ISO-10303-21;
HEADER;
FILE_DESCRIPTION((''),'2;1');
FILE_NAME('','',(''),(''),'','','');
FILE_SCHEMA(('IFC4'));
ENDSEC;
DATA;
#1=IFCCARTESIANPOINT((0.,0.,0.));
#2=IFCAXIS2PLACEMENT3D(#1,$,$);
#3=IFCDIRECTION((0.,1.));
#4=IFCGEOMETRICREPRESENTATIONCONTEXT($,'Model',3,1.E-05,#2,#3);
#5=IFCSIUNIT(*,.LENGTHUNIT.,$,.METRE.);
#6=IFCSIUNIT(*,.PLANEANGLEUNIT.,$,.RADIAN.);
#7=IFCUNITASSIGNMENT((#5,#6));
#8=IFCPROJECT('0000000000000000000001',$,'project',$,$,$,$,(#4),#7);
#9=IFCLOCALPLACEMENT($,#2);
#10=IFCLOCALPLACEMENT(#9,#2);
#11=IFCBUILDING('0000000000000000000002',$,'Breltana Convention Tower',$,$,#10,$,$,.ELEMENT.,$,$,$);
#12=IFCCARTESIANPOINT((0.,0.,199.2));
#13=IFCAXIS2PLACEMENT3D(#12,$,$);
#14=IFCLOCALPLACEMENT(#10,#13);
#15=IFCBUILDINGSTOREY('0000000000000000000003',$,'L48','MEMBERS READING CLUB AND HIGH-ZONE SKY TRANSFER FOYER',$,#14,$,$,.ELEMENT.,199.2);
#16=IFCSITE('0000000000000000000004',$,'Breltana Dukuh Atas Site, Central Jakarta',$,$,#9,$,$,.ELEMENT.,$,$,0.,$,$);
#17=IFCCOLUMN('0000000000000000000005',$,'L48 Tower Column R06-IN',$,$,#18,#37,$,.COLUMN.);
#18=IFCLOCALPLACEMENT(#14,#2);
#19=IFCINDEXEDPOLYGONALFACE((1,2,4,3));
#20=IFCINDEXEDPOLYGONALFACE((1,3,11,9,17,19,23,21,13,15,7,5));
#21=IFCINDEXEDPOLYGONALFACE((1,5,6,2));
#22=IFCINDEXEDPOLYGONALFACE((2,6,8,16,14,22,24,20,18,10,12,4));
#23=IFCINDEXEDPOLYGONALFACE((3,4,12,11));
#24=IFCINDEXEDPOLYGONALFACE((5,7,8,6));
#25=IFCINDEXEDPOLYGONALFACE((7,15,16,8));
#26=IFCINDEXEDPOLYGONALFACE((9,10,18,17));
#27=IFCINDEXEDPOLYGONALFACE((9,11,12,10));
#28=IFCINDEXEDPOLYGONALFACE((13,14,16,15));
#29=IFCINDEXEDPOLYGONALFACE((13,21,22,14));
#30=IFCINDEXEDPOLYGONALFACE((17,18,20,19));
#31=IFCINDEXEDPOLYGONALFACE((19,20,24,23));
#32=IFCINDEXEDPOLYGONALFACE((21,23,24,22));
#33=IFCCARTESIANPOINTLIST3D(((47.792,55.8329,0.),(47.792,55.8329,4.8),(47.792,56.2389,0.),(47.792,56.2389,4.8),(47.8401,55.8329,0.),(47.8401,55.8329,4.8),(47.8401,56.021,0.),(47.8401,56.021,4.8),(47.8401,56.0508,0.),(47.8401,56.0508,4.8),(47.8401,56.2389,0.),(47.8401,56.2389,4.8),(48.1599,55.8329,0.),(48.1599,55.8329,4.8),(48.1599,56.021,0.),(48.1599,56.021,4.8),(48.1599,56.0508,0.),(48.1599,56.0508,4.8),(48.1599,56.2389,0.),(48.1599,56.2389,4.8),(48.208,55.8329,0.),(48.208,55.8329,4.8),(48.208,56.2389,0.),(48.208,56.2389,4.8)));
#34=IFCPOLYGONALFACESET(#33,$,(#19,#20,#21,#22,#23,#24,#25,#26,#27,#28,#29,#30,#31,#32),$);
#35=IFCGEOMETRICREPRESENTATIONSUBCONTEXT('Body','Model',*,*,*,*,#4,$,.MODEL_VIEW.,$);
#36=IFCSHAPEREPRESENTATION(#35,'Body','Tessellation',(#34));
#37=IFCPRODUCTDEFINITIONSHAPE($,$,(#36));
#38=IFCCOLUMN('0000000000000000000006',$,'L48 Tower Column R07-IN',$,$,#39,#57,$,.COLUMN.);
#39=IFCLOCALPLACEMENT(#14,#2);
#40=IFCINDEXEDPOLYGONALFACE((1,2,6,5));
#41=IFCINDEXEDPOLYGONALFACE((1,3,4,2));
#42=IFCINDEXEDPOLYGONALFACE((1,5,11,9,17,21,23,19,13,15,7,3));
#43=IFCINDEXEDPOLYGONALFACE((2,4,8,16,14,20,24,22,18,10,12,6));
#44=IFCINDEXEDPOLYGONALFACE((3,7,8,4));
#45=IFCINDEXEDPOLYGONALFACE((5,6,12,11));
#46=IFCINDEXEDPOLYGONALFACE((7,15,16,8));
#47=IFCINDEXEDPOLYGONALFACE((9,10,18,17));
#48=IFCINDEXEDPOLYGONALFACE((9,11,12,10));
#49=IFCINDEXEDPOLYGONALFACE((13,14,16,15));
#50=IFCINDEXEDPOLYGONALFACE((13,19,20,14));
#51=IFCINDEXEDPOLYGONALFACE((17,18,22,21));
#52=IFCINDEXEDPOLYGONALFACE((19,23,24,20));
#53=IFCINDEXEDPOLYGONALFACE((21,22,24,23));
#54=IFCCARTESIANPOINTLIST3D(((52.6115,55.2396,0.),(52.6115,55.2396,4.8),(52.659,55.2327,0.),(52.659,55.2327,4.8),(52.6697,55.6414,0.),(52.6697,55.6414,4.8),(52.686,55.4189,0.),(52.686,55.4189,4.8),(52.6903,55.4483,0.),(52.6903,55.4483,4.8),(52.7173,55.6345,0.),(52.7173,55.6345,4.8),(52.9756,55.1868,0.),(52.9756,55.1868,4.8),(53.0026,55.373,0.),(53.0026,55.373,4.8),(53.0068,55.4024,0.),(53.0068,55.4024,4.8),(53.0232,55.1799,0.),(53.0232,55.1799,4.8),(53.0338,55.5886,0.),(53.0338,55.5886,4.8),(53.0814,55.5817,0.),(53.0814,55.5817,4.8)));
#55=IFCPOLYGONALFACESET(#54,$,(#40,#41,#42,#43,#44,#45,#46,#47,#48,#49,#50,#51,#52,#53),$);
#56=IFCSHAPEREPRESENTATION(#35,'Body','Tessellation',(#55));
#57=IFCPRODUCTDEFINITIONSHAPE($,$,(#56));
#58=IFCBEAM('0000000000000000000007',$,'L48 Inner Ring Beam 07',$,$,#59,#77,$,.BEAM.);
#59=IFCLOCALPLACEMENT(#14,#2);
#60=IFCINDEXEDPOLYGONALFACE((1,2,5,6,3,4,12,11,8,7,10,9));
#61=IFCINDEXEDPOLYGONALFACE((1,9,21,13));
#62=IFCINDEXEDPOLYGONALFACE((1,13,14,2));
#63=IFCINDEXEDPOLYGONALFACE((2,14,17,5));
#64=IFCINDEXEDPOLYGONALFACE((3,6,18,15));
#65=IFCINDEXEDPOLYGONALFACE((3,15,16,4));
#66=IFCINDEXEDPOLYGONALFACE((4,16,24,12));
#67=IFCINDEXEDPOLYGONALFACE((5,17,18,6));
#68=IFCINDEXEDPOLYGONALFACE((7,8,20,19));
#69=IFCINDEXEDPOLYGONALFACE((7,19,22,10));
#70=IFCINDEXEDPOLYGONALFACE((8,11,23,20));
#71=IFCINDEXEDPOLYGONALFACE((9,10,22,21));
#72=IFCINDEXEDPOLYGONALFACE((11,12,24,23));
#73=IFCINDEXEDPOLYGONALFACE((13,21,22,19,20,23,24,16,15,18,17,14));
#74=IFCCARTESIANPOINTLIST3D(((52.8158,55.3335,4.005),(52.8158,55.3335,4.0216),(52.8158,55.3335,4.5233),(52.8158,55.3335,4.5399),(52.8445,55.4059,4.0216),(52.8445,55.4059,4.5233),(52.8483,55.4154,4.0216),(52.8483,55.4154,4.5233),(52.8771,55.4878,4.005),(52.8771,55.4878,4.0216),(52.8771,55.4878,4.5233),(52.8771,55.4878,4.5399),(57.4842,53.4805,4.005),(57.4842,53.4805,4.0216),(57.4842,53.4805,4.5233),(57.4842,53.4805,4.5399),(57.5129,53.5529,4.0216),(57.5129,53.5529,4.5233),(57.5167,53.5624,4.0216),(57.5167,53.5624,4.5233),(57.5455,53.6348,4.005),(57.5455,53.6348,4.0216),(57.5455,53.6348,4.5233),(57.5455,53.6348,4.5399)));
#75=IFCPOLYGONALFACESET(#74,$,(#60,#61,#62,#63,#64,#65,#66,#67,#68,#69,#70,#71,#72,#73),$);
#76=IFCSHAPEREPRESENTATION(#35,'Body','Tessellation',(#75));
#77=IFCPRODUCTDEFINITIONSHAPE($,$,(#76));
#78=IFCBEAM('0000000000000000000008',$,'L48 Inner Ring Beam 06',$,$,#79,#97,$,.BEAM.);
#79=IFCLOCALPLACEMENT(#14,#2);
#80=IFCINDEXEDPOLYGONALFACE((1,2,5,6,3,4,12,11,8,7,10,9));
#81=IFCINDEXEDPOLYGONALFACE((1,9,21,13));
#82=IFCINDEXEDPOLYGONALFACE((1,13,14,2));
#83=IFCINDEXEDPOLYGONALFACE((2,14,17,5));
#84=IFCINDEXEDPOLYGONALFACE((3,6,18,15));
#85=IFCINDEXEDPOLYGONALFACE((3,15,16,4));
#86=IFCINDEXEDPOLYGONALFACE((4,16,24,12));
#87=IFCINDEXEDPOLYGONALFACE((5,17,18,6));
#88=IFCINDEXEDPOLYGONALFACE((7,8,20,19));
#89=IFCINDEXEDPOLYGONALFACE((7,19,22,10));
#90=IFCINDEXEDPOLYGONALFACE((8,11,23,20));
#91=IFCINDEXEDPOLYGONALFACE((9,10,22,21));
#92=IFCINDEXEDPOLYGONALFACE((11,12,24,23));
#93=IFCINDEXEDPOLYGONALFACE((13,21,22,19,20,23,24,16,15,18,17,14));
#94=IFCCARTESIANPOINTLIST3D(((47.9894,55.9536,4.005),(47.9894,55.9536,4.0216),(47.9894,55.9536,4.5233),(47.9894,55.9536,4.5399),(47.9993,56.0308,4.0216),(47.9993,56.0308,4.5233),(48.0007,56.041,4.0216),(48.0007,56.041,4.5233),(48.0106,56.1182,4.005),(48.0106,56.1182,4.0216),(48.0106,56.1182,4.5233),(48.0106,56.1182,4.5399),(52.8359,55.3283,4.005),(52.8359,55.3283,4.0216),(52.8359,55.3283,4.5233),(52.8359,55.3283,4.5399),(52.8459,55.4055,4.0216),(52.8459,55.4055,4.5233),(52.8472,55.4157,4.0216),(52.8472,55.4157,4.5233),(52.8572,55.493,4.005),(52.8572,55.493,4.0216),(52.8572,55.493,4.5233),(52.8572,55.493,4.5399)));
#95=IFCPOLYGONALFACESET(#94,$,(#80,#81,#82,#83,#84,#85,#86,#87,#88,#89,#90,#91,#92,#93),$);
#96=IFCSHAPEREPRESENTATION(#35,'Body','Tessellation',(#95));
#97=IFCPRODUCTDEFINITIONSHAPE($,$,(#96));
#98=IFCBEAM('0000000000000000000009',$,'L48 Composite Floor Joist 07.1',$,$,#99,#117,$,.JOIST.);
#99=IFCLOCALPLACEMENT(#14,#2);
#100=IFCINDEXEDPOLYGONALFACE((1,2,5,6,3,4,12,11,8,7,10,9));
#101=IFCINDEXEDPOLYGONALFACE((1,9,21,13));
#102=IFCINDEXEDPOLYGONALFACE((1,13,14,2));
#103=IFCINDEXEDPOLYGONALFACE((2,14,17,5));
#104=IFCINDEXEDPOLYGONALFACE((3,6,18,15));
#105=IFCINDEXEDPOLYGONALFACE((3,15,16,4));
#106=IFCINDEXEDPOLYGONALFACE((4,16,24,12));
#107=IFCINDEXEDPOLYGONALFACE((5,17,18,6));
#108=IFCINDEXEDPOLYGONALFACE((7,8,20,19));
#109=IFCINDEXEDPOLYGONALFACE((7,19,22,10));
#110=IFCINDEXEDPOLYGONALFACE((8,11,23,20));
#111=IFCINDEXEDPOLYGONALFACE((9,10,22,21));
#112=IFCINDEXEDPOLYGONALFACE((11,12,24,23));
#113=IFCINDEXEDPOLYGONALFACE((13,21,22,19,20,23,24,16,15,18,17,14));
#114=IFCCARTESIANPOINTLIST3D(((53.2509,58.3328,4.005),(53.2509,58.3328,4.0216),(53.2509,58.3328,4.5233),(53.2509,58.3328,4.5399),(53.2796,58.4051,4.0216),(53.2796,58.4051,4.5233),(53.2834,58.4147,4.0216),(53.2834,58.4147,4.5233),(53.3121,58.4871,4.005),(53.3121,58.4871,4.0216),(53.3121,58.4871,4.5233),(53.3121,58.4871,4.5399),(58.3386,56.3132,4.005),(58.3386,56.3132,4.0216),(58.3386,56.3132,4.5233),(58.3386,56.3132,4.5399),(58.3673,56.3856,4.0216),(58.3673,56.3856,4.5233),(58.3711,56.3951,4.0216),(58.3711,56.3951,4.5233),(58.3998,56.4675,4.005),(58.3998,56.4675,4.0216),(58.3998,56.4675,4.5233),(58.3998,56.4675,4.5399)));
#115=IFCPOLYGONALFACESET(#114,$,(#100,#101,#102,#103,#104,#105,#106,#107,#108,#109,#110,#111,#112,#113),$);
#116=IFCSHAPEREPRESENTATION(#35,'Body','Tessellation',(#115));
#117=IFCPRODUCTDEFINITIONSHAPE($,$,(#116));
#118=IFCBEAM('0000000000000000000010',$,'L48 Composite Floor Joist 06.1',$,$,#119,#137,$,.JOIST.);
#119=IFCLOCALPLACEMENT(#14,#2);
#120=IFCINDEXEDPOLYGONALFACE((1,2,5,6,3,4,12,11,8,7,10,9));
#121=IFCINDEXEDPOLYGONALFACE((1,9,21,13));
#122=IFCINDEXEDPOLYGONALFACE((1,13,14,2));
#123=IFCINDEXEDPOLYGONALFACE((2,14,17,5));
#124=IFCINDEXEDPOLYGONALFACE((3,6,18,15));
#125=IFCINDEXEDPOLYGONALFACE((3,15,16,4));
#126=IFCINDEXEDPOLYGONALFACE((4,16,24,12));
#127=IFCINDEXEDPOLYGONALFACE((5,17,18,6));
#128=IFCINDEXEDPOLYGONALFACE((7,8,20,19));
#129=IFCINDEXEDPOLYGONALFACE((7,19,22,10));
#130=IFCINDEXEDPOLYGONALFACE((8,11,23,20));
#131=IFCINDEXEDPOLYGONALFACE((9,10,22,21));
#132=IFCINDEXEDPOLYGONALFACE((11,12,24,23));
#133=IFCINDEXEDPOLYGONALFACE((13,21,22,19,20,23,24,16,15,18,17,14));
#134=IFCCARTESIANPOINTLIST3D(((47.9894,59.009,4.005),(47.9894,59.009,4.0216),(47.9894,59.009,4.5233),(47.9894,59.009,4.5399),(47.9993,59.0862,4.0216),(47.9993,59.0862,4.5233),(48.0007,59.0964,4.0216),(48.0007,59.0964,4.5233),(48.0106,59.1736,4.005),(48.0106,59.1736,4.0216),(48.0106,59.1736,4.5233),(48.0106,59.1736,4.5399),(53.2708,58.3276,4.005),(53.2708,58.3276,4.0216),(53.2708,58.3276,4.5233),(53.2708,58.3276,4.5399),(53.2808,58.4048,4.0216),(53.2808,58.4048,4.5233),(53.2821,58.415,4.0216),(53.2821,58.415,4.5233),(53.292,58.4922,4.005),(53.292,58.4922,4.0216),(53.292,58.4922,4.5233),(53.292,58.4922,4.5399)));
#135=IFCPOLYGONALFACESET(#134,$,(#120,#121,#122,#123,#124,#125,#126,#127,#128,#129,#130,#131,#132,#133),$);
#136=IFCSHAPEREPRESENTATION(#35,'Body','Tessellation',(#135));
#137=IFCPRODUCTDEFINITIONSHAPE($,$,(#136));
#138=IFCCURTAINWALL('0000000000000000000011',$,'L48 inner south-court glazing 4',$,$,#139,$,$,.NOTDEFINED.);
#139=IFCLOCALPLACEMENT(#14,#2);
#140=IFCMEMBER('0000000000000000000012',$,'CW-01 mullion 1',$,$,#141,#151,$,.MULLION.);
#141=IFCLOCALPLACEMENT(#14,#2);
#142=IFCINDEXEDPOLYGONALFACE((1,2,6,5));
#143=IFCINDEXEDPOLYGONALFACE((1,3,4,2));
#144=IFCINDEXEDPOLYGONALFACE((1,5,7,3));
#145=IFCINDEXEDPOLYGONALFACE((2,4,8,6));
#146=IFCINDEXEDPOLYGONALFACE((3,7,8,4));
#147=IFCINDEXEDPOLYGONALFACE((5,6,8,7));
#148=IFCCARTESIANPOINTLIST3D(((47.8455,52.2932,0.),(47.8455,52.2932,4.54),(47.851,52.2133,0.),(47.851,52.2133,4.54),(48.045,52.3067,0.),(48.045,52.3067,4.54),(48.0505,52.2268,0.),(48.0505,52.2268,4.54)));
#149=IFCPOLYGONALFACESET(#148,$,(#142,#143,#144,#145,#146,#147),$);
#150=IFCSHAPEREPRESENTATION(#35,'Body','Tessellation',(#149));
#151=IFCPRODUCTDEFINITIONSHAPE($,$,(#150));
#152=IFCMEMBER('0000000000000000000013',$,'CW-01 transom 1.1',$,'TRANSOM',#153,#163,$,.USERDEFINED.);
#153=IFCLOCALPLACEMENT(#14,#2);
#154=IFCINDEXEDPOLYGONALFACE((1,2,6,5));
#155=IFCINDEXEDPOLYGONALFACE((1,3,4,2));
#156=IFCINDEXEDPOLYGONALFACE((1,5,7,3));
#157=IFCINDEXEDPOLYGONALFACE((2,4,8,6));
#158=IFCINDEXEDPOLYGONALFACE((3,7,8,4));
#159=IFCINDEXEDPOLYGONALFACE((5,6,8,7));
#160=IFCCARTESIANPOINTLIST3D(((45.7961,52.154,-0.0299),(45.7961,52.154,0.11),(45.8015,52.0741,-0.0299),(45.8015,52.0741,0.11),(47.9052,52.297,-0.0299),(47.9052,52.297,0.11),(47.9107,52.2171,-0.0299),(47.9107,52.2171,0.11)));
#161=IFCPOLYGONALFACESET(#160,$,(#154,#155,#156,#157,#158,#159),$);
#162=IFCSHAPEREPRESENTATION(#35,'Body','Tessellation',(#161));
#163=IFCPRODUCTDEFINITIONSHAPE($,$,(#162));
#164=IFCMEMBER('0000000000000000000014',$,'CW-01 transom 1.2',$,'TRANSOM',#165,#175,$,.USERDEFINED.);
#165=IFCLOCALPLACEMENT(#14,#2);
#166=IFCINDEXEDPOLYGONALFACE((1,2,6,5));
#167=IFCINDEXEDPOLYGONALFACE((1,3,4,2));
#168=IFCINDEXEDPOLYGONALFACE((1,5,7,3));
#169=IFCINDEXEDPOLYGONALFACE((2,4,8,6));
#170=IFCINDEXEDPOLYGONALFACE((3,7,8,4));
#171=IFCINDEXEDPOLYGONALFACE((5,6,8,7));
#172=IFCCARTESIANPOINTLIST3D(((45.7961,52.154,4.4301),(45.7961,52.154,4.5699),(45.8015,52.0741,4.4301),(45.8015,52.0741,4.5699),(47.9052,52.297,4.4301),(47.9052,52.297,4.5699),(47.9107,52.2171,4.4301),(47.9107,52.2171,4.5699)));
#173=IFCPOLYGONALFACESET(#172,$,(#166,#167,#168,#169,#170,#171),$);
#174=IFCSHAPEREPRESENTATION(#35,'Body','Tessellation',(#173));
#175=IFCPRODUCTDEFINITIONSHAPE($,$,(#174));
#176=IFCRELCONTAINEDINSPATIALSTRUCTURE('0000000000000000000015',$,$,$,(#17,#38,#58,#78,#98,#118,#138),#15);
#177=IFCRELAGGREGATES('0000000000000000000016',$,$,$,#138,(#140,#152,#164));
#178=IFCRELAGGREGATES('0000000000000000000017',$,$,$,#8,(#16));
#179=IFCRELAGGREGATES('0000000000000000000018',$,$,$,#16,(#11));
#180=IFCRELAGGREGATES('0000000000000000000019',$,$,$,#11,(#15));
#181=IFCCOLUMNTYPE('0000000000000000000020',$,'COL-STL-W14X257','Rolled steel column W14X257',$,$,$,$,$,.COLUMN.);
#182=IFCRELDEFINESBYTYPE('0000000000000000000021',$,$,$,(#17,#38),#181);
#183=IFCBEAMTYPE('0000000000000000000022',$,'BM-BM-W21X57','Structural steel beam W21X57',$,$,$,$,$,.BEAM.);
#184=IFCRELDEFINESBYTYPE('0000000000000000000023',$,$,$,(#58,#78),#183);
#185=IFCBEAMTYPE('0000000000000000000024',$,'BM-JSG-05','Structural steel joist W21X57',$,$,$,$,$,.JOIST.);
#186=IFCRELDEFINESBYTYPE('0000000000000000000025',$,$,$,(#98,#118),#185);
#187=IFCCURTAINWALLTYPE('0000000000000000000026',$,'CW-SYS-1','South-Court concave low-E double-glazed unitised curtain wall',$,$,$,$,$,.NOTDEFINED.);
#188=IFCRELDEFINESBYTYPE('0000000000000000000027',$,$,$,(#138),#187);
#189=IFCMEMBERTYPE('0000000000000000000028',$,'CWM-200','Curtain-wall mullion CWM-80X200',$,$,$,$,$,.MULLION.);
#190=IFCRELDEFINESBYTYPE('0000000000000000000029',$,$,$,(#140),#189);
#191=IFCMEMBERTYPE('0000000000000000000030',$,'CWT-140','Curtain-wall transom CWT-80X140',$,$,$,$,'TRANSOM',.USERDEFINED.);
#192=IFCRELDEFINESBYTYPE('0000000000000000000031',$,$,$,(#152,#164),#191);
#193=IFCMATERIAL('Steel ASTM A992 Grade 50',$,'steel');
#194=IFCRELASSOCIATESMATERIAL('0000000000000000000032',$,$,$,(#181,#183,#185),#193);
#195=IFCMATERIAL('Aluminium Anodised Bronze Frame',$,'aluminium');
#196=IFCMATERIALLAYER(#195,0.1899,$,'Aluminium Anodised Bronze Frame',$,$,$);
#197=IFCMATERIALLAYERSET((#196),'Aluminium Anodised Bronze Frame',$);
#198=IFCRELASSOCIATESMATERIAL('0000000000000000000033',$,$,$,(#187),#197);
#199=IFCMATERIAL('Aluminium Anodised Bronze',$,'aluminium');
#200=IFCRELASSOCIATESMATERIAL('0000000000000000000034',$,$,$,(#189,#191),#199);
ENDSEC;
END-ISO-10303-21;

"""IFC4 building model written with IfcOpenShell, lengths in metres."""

from ifc_helpers import new_model, si_unit, direction, frame, origin, origin_2d, place, context, subcontext, project, spatial, rectangle, i_section, extrude, source, transform, mapped, material, layer, layer_set, material_profile, profile_set, type_object, type_shapes, element, aggregate, save


model = new_model("IFC4")

# Units and contexts
model_context = context("Model", 3, precision=1e-05, world=origin(), true_north=direction((0.0, 1.0)))
body_context = subcontext(model_context, "Body", "Model", "MODEL_VIEW")
ifc_project = project(units=[si_unit("LENGTHUNIT", "METRE"), si_unit("PLANEANGLEUNIT", "RADIAN")], contexts=[model_context])

# Site, building, storey
site_placement = place(None, origin())
site = spatial("IfcSite", under=ifc_project, at=site_placement, Name="Breltana Dukuh Atas Site, Central Jakarta", CompositionType="ELEMENT", RefElevation=0.0)
building_placement = place(site_placement, origin())
building = spatial("IfcBuilding", under=site, at=building_placement, Name="Breltana Convention Tower", CompositionType="ELEMENT")
storey_placement = place(building_placement, frame((0.0, 0.0, 199.2)))
storey = spatial("IfcBuildingStorey", under=building, at=storey_placement, Name="L48", Description="MEMBERS READING CLUB AND HIGH-ZONE SKY TRANSFER FOYER", CompositionType="ELEMENT", Elevation=199.2)

# Columns
ifc_material_1 = material(Name="Steel ASTM A992 Grade 50", Category="steel")
ifc_material_profile_1 = material_profile(ifc_material_1, i_section(OverallWidth=0.406, OverallDepth=0.416, WebThickness=0.0298, FlangeThickness=0.0481, at=origin_2d()), Name="W14X257")
ifc_profile_set_1 = profile_set([ifc_material_profile_1], Name="Steel ASTM A992 Grade 50")
column_type = type_object("IfcColumnType", Name="COL-STL-W14X257", Description="Rolled steel column W14X257", PredefinedType="COLUMN", material=ifc_profile_set_1)
shared_shape_1 = source(origin(), body_context, "Body", "SweptSolid", [
    extrude(i_section(OverallWidth=0.406, OverallDepth=0.416, WebThickness=0.0298, FlangeThickness=0.0481, at=origin_2d()), origin(), (0.0, 0.0, 1.0), 4.8),
])
type_shapes(column_type, [shared_shape_1])
for number, where, z_axis, x_axis, name in (
    (1, (48.0, 56.0359, 0.0), (0.0, 0.0, 1.0), (0.0, 1.0, 0.0), "L48 Tower Column R06-IN"),
    (2, (52.8464, 55.4106, 0.0), (0.0, 0.0, 1.0), (0.143493, 0.989651, 0.0), "L48 Tower Column R07-IN"),
):
    element("IfcColumn", number, at=place(storey_placement, frame(where, z_axis=z_axis, x_axis=x_axis)), inside=storey, type_object=column_type, Name=name, PredefinedType="COLUMN", context=body_context, shape_type="MappedRepresentation", body=[
        mapped(shared_shape_1, transform((0.0, 0.0, 0.0), scale=1.0)),
    ])

# Beams
ifc_material_profile_2 = material_profile(ifc_material_1, i_section(OverallWidth=0.166, OverallDepth=0.5349, WebThickness=0.0103, FlangeThickness=0.0166, at=origin_2d()), Name="W21X57")
ifc_profile_set_2 = profile_set([ifc_material_profile_2], Name="Steel ASTM A992 Grade 50")
beam_type_1 = type_object("IfcBeamType", Name="BM-BM-W21X57", Description="Structural steel beam W21X57", PredefinedType="BEAM", material=ifc_profile_set_2)
shared_shape_2 = source(origin(), body_context, "Body", "SweptSolid", [
    extrude(i_section(OverallWidth=0.166, OverallDepth=0.5349, WebThickness=0.0103, FlangeThickness=0.0166, at=origin_2d()), origin(), (0.0, 0.0, 1.0), 5.0227),
])
beam_1_placement = place(storey_placement, frame((52.8464, 55.4106, 4.2725), z_axis=(0.929459, -0.368926, 0.0), x_axis=(0.368926, 0.929459, 0.0)))
element("IfcBeam", 3, at=beam_1_placement, inside=storey, type_object=beam_type_1, Name="L48 Inner Ring Beam 07", PredefinedType="BEAM", context=body_context, shape_type="MappedRepresentation", body=[
    mapped(shared_shape_2, transform((0.0, 0.0, 0.0), scale=1.0)),
])
shared_shape_3 = source(origin(), body_context, "Body", "SweptSolid", [
    extrude(i_section(OverallWidth=0.166, OverallDepth=0.5349, WebThickness=0.0103, FlangeThickness=0.0166, at=origin_2d()), origin(), (0.0, 0.0, 1.0), 4.8867),
])
beam_2_placement = place(storey_placement, frame((48.0, 56.0359, 4.2725), z_axis=(0.991781, -0.127951, 0.0), x_axis=(0.127951, 0.991781, 0.0)))
element("IfcBeam", 4, at=beam_2_placement, inside=storey, type_object=beam_type_1, Name="L48 Inner Ring Beam 06", PredefinedType="BEAM", context=body_context, shape_type="MappedRepresentation", body=[
    mapped(shared_shape_3, transform((0.0, 0.0, 0.0), scale=1.0)),
])
ifc_material_profile_3 = material_profile(ifc_material_1, i_section(OverallWidth=0.166, OverallDepth=0.5349, WebThickness=0.0103, FlangeThickness=0.0166, at=origin_2d()), Name="W21X57")
ifc_profile_set_3 = profile_set([ifc_material_profile_3], Name="Steel ASTM A992 Grade 50")
beam_type_2 = type_object("IfcBeamType", Name="BM-JSG-05", Description="Structural steel joist W21X57", PredefinedType="JOIST", material=ifc_profile_set_3)
shared_shape_4 = source(origin(), body_context, "Body", "SweptSolid", [
    extrude(i_section(OverallWidth=0.166, OverallDepth=0.5349, WebThickness=0.0103, FlangeThickness=0.0166, at=origin_2d()), origin(), (0.0, 0.0, 1.0), 5.4739),
])
beam_3_placement = place(storey_placement, frame((53.2815, 58.4099, 4.2725), z_axis=(0.929452, -0.368944, 0.0), x_axis=(0.368944, 0.929452, 0.0)))
element("IfcBeam", 5, at=beam_3_placement, inside=storey, type_object=beam_type_2, Name="L48 Composite Floor Joist 07.1", PredefinedType="JOIST", context=body_context, shape_type="MappedRepresentation", body=[
    mapped(shared_shape_4, transform((0.0, 0.0, 0.0), scale=1.0)),
])
shared_shape_5 = source(origin(), body_context, "Body", "SweptSolid", [
    extrude(i_section(OverallWidth=0.166, OverallDepth=0.5349, WebThickness=0.0103, FlangeThickness=0.0166, at=origin_2d()), origin(), (0.0, 0.0, 1.0), 5.3252),
])
beam_4_placement = place(storey_placement, frame((48.0, 59.0913, 4.2725), z_axis=(0.99178, -0.127955, 0.0), x_axis=(0.127955, 0.99178, 0.0)))
element("IfcBeam", 6, at=beam_4_placement, inside=storey, type_object=beam_type_2, Name="L48 Composite Floor Joist 06.1", PredefinedType="JOIST", context=body_context, shape_type="MappedRepresentation", body=[
    mapped(shared_shape_5, transform((0.0, 0.0, 0.0), scale=1.0)),
])

# Curtain wall, members
ifc_material_2 = material(Name="Aluminium Anodised Bronze Frame", Category="aluminium")
ifc_layer_1 = layer(ifc_material_2, 0.1899, Name="Aluminium Anodised Bronze Frame")
ifc_layer_set_1 = layer_set([ifc_layer_1], Name="Aluminium Anodised Bronze Frame")
curtain_wall_type = type_object("IfcCurtainWallType", Name="CW-SYS-1", Description="South-Court concave low-E double-glazed unitised curtain wall", PredefinedType="NOTDEFINED", material=ifc_layer_set_1)
curtain_wall_placement = place(storey_placement, origin())
curtain_wall = element("IfcCurtainWall", 7, at=curtain_wall_placement, inside=storey, type_object=curtain_wall_type, Name="L48 inner south-court glazing 4", PredefinedType="NOTDEFINED")
ifc_material_3 = material(Name="Aluminium Anodised Bronze", Category="aluminium")
ifc_material_profile_4 = material_profile(ifc_material_3, rectangle(XDim=0.0801, YDim=0.2, at=origin_2d()), Name="CWM-80X200")
ifc_profile_set_4 = profile_set([ifc_material_profile_4], Name="Aluminium Anodised Bronze")
member_type_1 = type_object("IfcMemberType", Name="CWM-200", Description="Curtain-wall mullion CWM-80X200", PredefinedType="MULLION", material=ifc_profile_set_4)
shared_shape_6 = source(origin(), body_context, "Body", "SweptSolid", [
    extrude(rectangle(XDim=0.0801, YDim=0.2, at=origin_2d()), origin(), (0.0, 0.0, 1.0), 4.54),
])
member_1_placement = place(storey_placement, frame((47.948, 52.26, 0.0), z_axis=(0.0, 0.0, 1.0), x_axis=(0.067724, -0.997704, 0.0)))
member_1 = element("IfcMember", 8, at=member_1_placement, type_object=member_type_1, Name="CW-01 mullion 1", PredefinedType="MULLION", context=body_context, shape_type="MappedRepresentation", body=[
    mapped(shared_shape_6, transform((0.0, 0.0, 0.0), scale=1.0)),
])
ifc_material_profile_5 = material_profile(ifc_material_3, rectangle(XDim=0.0801, YDim=0.1399, at=origin_2d()), Name="CWT-80X140")
ifc_profile_set_5 = profile_set([ifc_material_profile_5], Name="Aluminium Anodised Bronze")
member_type_2 = type_object("IfcMemberType", Name="CWT-140", Description="Curtain-wall transom CWT-80X140", ElementType="TRANSOM", PredefinedType="USERDEFINED", material=ifc_profile_set_5)
shared_shape_7 = source(origin(), body_context, "Body", "SweptSolid", [
    extrude(rectangle(XDim=0.0801, YDim=0.1399, at=origin_2d()), origin(), (0.0, 0.0, 1.0), 2.114),
])
member_2_placement = place(storey_placement, frame((47.908, 52.2571, 0.04), z_axis=(-0.997707, -0.067676, 0.0), x_axis=(0.067676, -0.997707, 0.0)))
member_2 = element("IfcMember", 9, at=member_2_placement, type_object=member_type_2, Name="CW-01 transom 1.1", ObjectType="TRANSOM", PredefinedType="USERDEFINED", context=body_context, shape_type="MappedRepresentation", body=[
    mapped(shared_shape_7, transform((0.0, 0.0, 0.0), scale=1.0)),
])
member_3_placement = place(storey_placement, frame((47.908, 52.2571, 4.5), z_axis=(-0.997707, -0.067676, 0.0), x_axis=(0.067676, -0.997707, 0.0)))
member_3 = element("IfcMember", 10, at=member_3_placement, type_object=member_type_2, Name="CW-01 transom 1.2", ObjectType="TRANSOM", PredefinedType="USERDEFINED", context=body_context, shape_type="MappedRepresentation", body=[
    mapped(shared_shape_7, transform((0.0, 0.0, 0.0), scale=1.0)),
])
aggregate(curtain_wall, [member_1, member_2, member_3])

save(model, "model.ifc")
